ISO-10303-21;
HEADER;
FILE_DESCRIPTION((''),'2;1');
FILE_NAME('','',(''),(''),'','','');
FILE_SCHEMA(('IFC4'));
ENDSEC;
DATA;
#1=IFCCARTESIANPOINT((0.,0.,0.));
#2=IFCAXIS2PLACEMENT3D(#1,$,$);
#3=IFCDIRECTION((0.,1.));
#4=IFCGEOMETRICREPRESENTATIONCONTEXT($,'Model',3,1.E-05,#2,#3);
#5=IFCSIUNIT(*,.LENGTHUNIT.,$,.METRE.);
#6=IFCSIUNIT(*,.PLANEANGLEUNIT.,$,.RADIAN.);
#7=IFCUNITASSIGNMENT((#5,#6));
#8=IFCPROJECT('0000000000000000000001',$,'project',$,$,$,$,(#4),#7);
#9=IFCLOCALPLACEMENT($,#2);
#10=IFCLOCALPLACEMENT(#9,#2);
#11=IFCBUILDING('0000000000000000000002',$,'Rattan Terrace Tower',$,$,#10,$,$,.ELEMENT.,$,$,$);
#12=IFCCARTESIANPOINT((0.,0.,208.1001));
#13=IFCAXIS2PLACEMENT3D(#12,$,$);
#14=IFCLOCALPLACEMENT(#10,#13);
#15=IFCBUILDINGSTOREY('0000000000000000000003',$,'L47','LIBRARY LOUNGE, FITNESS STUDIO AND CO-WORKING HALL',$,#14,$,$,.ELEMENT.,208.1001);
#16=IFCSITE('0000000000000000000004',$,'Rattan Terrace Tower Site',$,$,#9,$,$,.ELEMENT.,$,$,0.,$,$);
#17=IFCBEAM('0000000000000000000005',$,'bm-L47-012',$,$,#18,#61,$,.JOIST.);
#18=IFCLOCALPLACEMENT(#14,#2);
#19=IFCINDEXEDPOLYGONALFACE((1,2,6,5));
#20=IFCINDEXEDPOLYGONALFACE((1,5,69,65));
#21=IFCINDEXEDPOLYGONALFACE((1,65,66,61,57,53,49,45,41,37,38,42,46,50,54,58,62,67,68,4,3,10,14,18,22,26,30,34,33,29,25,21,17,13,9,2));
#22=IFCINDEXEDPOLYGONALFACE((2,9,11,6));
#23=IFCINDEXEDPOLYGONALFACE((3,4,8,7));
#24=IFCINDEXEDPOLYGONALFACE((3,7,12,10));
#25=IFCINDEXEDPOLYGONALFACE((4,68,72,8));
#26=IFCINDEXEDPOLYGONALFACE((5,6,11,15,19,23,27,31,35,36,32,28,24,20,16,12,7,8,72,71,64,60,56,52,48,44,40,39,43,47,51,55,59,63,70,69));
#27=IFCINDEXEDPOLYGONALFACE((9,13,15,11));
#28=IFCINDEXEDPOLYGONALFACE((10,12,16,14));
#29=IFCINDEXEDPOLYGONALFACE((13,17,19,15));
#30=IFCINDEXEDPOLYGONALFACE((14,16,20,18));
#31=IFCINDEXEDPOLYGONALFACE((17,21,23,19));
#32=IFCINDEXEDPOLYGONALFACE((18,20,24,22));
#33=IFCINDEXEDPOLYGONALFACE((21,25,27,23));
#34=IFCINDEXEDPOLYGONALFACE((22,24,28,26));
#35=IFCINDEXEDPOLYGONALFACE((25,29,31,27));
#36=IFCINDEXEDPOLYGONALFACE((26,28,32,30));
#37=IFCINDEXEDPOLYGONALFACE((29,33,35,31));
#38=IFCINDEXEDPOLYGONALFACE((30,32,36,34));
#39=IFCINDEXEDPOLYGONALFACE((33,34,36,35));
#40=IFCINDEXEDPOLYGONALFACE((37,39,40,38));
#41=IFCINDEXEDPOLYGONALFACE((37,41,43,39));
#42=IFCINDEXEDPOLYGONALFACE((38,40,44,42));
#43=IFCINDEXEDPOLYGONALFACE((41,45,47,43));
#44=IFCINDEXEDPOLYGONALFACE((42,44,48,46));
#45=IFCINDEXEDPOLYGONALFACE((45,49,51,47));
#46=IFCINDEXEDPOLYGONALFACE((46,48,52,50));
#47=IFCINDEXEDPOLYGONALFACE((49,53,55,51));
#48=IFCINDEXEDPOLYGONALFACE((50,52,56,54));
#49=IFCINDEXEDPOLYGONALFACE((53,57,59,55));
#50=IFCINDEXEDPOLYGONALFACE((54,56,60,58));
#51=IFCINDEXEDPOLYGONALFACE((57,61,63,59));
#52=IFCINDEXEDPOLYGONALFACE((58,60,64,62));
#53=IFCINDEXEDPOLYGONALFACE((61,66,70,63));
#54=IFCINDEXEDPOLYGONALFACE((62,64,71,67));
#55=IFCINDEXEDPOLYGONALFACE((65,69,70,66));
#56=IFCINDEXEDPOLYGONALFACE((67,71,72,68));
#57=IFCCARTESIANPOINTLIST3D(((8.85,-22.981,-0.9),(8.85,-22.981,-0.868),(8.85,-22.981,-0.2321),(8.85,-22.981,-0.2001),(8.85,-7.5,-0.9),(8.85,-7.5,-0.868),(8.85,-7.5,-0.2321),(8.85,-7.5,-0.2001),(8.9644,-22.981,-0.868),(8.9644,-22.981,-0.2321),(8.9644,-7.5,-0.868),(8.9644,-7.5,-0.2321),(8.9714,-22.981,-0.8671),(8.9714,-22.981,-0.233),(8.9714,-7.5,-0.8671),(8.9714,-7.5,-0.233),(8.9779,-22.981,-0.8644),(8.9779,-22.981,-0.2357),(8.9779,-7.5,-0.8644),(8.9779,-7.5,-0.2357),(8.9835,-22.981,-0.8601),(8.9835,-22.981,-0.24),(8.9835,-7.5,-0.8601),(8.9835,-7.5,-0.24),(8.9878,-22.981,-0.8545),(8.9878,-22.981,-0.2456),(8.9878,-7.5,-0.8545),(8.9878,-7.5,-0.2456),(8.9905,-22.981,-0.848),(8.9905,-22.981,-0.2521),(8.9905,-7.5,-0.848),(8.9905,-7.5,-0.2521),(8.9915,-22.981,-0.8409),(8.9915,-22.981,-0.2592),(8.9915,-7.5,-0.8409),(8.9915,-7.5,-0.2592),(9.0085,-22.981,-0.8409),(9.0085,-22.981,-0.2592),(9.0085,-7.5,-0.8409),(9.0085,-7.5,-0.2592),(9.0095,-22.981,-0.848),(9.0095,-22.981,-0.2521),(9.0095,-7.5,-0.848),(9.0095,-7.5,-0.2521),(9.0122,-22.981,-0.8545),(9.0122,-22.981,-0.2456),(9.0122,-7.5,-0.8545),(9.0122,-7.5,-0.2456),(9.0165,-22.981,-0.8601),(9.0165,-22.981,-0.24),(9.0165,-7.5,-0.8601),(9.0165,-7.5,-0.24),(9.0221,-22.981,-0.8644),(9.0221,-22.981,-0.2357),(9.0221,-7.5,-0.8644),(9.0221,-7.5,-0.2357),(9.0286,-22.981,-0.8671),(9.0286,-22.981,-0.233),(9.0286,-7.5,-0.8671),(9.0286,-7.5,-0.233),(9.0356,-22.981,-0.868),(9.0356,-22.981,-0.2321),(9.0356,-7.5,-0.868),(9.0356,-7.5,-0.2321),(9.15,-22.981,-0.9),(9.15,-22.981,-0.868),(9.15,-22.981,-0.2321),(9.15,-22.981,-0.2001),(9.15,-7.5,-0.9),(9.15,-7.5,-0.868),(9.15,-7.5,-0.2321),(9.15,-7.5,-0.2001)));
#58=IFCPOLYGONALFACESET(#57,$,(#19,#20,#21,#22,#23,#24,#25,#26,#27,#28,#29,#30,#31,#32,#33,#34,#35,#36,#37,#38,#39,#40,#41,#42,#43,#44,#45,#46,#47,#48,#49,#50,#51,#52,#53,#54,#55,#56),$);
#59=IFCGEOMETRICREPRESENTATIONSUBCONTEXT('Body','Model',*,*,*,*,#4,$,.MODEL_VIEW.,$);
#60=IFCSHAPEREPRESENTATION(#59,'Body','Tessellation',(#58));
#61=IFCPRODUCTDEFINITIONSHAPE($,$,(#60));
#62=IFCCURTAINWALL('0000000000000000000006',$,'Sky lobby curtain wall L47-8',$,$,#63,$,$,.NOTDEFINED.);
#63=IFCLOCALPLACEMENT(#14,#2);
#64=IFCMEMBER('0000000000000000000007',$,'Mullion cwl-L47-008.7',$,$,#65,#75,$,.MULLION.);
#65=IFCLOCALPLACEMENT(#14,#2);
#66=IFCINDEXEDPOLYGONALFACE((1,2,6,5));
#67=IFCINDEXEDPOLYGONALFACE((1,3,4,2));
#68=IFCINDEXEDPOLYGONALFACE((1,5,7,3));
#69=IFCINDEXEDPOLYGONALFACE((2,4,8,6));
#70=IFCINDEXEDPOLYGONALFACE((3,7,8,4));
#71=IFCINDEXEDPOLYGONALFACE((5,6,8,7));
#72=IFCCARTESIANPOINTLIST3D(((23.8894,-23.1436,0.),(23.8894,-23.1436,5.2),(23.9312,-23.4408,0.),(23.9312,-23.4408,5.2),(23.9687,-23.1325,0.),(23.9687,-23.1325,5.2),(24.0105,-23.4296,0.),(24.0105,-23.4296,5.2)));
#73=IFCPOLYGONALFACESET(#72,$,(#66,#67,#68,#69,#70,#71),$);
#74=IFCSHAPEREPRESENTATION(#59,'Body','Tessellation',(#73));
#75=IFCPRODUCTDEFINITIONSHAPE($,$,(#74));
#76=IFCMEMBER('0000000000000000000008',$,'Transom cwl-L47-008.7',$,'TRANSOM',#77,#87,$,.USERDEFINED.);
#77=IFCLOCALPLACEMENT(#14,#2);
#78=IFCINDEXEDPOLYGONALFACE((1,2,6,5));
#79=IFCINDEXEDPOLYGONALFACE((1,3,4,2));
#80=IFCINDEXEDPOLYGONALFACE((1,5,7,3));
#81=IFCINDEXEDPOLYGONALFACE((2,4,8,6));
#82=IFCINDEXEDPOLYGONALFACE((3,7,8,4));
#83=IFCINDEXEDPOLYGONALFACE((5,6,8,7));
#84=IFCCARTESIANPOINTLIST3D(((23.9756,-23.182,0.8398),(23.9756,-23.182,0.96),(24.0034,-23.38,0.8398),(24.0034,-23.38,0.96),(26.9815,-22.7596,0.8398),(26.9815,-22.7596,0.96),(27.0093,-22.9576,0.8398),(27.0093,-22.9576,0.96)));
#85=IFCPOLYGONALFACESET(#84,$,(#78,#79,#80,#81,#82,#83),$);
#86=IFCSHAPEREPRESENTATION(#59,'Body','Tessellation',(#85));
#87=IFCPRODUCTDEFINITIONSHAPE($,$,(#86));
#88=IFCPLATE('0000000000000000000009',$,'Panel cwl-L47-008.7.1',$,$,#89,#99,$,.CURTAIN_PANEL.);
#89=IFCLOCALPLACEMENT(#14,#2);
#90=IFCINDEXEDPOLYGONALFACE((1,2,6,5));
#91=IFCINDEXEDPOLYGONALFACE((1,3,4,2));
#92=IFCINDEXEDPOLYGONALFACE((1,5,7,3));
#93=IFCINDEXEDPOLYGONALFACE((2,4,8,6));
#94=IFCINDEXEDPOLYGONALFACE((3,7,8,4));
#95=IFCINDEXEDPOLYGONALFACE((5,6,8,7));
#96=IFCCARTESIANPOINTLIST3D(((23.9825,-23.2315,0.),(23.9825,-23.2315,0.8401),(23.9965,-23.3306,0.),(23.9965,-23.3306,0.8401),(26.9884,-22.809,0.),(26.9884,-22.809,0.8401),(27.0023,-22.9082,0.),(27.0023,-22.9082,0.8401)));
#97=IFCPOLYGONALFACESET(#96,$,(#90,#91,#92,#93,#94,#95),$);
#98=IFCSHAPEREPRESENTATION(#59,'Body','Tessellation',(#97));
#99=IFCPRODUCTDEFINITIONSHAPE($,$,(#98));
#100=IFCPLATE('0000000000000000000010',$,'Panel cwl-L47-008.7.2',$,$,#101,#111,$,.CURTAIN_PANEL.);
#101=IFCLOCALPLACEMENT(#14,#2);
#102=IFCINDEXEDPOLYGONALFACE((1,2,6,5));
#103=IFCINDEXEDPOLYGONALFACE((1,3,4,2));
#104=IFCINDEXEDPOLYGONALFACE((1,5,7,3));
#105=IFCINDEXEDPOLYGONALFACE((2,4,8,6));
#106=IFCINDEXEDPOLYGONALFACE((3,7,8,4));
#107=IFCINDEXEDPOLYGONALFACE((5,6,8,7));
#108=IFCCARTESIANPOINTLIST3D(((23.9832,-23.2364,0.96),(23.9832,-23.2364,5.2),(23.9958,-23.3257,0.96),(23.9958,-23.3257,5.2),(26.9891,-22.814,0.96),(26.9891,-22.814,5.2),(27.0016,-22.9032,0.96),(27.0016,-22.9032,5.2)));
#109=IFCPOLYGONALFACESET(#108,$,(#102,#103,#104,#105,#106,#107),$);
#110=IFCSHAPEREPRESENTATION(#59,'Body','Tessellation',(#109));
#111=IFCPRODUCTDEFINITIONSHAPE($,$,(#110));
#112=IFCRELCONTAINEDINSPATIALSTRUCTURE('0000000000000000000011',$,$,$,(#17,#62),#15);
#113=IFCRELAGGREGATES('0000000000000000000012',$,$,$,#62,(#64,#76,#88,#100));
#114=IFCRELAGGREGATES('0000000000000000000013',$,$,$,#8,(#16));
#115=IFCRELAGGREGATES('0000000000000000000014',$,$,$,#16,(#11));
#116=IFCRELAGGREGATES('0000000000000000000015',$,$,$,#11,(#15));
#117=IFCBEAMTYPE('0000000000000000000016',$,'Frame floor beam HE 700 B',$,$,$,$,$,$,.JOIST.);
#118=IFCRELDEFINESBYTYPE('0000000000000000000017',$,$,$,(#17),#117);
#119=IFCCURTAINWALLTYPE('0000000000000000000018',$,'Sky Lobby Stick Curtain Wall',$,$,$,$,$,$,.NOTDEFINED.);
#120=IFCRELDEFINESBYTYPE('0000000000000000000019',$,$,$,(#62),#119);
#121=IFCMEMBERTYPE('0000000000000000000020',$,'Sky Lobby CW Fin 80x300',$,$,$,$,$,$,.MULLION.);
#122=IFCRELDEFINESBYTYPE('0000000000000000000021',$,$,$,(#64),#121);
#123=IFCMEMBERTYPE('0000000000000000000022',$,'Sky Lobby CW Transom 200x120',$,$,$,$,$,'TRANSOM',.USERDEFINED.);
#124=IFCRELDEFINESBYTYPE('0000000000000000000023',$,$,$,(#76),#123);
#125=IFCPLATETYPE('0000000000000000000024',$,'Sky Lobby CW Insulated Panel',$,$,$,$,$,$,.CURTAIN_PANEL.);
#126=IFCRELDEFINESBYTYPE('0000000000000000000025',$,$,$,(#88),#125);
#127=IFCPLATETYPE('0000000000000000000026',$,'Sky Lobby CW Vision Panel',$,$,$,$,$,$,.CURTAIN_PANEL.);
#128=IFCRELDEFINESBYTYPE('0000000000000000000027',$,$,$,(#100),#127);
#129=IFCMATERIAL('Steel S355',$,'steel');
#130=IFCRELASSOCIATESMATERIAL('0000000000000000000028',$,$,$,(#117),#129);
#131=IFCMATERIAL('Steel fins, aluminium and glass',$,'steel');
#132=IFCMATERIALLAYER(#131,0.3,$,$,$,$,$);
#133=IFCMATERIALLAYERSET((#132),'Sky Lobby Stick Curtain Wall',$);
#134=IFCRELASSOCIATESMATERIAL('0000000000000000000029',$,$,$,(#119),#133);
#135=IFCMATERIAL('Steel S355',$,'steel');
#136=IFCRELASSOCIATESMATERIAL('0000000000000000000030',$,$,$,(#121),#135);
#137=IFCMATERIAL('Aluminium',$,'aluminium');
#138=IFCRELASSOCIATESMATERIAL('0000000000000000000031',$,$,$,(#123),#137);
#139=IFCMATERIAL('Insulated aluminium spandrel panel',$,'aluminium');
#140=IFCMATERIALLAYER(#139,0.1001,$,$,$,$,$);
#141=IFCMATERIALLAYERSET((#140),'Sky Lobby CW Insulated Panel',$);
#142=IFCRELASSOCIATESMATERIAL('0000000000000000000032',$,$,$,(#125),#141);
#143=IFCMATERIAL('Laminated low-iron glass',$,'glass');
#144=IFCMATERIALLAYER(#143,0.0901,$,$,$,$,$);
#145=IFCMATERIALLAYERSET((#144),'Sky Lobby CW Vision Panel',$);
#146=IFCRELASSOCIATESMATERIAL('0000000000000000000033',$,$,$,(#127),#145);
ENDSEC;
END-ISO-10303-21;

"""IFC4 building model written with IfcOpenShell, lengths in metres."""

from ifc_helpers import new_model, si_unit, direction, frame, origin, origin_2d, place, context, subcontext, project, spatial, rectangle, i_section, extrude, material, layer, layer_set, material_profile, profile_set, type_object, element, aggregate, save


model = new_model("IFC4")

# Units and contexts
model_context = context("Model", 3, precision=1e-05, world=origin(), true_north=direction((0.0, 1.0)))
body_context = subcontext(model_context, "Body", "Model", "MODEL_VIEW")
ifc_project = project(units=[si_unit("LENGTHUNIT", "METRE"), si_unit("PLANEANGLEUNIT", "RADIAN")], contexts=[model_context])

# Site, building, storey
site_placement = place(None, origin())
site = spatial("IfcSite", under=ifc_project, at=site_placement, Name="Rattan Terrace Tower Site", CompositionType="ELEMENT", RefElevation=0.0)
building_placement = place(site_placement, origin())
building = spatial("IfcBuilding", under=site, at=building_placement, Name="Rattan Terrace Tower", CompositionType="ELEMENT")
storey_placement = place(building_placement, frame((0.0, 0.0, 208.1001)))
storey = spatial("IfcBuildingStorey", under=building, at=storey_placement, Name="L47", Description="LIBRARY LOUNGE, FITNESS STUDIO AND CO-WORKING HALL", CompositionType="ELEMENT", Elevation=208.1001)

# Beam
ifc_material_1 = material(Name="Steel S355", Category="steel")
ifc_material_profile_1 = material_profile(ifc_material_1, i_section(OverallWidth=0.3, OverallDepth=0.7, WebThickness=0.0171, FlangeThickness=0.032, FilletRadius=0.0271, at=origin_2d()), Name="HE 700 B")
ifc_profile_set_1 = profile_set([ifc_material_profile_1], Name="Steel S355")
beam_type = type_object("IfcBeamType", Name="Frame floor beam HE 700 B", PredefinedType="JOIST", material=ifc_profile_set_1)
beam_placement = place(storey_placement, frame((9.0, -22.981, -0.55), z_axis=(0.0, 1.0, 0.0), x_axis=(-1.0, 0.0, 0.0)))
element("IfcBeam", 1, at=beam_placement, inside=storey, type_object=beam_type, Name="bm-L47-012", PredefinedType="JOIST", context=body_context, shape_type="SweptSolid", body=[
    extrude(i_section(OverallWidth=0.3, OverallDepth=0.7, WebThickness=0.0171, FlangeThickness=0.032, FilletRadius=0.0271, at=origin_2d()), origin(), (0.0, 0.0, 1.0), 15.481),
])

# Curtain wall, members, plates
ifc_material_2 = material(Name="Steel fins, aluminium and glass", Category="steel")
ifc_layer_1 = layer(ifc_material_2, 0.3)
ifc_layer_set_1 = layer_set([ifc_layer_1], Name="Sky Lobby Stick Curtain Wall")
curtain_wall_type = type_object("IfcCurtainWallType", Name="Sky Lobby Stick Curtain Wall", PredefinedType="NOTDEFINED", material=ifc_layer_set_1)
curtain_wall_placement = place(storey_placement, origin())
curtain_wall = element("IfcCurtainWall", 2, at=curtain_wall_placement, inside=storey, type_object=curtain_wall_type, Name="Sky lobby curtain wall L47-8", PredefinedType="NOTDEFINED")
ifc_material_3 = material(Name="Steel S355", Category="steel")
ifc_material_profile_2 = material_profile(ifc_material_3, rectangle(XDim=0.0801, YDim=0.3, at=origin_2d()), Name="Steel S355 80x300")
ifc_profile_set_2 = profile_set([ifc_material_profile_2], Name="Steel S355")
member_type_1 = type_object("IfcMemberType", Name="Sky Lobby CW Fin 80x300", PredefinedType="MULLION", material=ifc_profile_set_2)
member_1_placement = place(storey_placement, frame((23.95, -23.2866, 0.0), z_axis=(0.0, 0.0, 1.0), x_axis=(0.990267, 0.139177, 0.0)))
member_1 = element("IfcMember", 3, at=member_1_placement, type_object=member_type_1, Name="Mullion cwl-L47-008.7", PredefinedType="MULLION", context=body_context, shape_type="SweptSolid", body=[
    extrude(rectangle(XDim=0.0801, YDim=0.3, at=origin_2d()), origin(), (0.0, 0.0, 1.0), 5.2),
])
ifc_material_4 = material(Name="Aluminium", Category="aluminium")
ifc_material_profile_3 = material_profile(ifc_material_4, rectangle(XDim=0.2, YDim=0.1201, at=origin_2d()), Name="Aluminium 200x120")
ifc_profile_set_3 = profile_set([ifc_material_profile_3], Name="Aluminium")
member_type_2 = type_object("IfcMemberType", Name="Sky Lobby CW Transom 200x120", ElementType="TRANSOM", PredefinedType="USERDEFINED", material=ifc_profile_set_3)
member_2_placement = place(storey_placement, frame((23.9895, -23.281, 0.8999), z_axis=(0.990272, 0.139146, 0.0), x_axis=(-0.139146, 0.990272, 0.0)))
member_2 = element("IfcMember", 4, at=member_2_placement, type_object=member_type_2, Name="Transom cwl-L47-008.7", ObjectType="TRANSOM", PredefinedType="USERDEFINED", context=body_context, shape_type="SweptSolid", body=[
    extrude(rectangle(XDim=0.2, YDim=0.1201, at=origin_2d()), origin(), (0.0, 0.0, 1.0), 3.0354),
])
ifc_material_5 = material(Name="Insulated aluminium spandrel panel", Category="aluminium")
ifc_layer_2 = layer(ifc_material_5, 0.1001)
ifc_layer_set_2 = layer_set([ifc_layer_2], Name="Sky Lobby CW Insulated Panel")
plate_type_1 = type_object("IfcPlateType", Name="Sky Lobby CW Insulated Panel", PredefinedType="CURTAIN_PANEL", material=ifc_layer_set_2)
plate_1_placement = place(storey_placement, frame((25.4924, -23.0698, 0.0), z_axis=(0.0, 0.0, 1.0), x_axis=(0.990267, 0.139177, 0.0)))
plate_1 = element("IfcPlate", 5, at=plate_1_placement, type_object=plate_type_1, Name="Panel cwl-L47-008.7.1", PredefinedType="CURTAIN_PANEL", context=body_context, shape_type="SweptSolid", body=[
    extrude(rectangle(XDim=3.0354, YDim=0.1001, at=origin_2d()), origin(), (0.0, 0.0, 1.0), 0.8401),
])
ifc_material_6 = material(Name="Laminated low-iron glass", Category="glass")
ifc_layer_3 = layer(ifc_material_6, 0.0901)
ifc_layer_set_3 = layer_set([ifc_layer_3], Name="Sky Lobby CW Vision Panel")
plate_type_2 = type_object("IfcPlateType", Name="Sky Lobby CW Vision Panel", PredefinedType="CURTAIN_PANEL", material=ifc_layer_set_3)
plate_2_placement = place(storey_placement, frame((25.4924, -23.0698, 0.96), z_axis=(0.0, 0.0, 1.0), x_axis=(0.990267, 0.139177, 0.0)))
plate_2 = element("IfcPlate", 6, at=plate_2_placement, type_object=plate_type_2, Name="Panel cwl-L47-008.7.2", PredefinedType="CURTAIN_PANEL", context=body_context, shape_type="SweptSolid", body=[
    extrude(rectangle(XDim=3.0354, YDim=0.0901, at=origin_2d()), origin(), (0.0, 0.0, 1.0), 4.24),
])
aggregate(curtain_wall, [member_1, member_2, plate_1, plate_2])

save(model, "model.ifc")
